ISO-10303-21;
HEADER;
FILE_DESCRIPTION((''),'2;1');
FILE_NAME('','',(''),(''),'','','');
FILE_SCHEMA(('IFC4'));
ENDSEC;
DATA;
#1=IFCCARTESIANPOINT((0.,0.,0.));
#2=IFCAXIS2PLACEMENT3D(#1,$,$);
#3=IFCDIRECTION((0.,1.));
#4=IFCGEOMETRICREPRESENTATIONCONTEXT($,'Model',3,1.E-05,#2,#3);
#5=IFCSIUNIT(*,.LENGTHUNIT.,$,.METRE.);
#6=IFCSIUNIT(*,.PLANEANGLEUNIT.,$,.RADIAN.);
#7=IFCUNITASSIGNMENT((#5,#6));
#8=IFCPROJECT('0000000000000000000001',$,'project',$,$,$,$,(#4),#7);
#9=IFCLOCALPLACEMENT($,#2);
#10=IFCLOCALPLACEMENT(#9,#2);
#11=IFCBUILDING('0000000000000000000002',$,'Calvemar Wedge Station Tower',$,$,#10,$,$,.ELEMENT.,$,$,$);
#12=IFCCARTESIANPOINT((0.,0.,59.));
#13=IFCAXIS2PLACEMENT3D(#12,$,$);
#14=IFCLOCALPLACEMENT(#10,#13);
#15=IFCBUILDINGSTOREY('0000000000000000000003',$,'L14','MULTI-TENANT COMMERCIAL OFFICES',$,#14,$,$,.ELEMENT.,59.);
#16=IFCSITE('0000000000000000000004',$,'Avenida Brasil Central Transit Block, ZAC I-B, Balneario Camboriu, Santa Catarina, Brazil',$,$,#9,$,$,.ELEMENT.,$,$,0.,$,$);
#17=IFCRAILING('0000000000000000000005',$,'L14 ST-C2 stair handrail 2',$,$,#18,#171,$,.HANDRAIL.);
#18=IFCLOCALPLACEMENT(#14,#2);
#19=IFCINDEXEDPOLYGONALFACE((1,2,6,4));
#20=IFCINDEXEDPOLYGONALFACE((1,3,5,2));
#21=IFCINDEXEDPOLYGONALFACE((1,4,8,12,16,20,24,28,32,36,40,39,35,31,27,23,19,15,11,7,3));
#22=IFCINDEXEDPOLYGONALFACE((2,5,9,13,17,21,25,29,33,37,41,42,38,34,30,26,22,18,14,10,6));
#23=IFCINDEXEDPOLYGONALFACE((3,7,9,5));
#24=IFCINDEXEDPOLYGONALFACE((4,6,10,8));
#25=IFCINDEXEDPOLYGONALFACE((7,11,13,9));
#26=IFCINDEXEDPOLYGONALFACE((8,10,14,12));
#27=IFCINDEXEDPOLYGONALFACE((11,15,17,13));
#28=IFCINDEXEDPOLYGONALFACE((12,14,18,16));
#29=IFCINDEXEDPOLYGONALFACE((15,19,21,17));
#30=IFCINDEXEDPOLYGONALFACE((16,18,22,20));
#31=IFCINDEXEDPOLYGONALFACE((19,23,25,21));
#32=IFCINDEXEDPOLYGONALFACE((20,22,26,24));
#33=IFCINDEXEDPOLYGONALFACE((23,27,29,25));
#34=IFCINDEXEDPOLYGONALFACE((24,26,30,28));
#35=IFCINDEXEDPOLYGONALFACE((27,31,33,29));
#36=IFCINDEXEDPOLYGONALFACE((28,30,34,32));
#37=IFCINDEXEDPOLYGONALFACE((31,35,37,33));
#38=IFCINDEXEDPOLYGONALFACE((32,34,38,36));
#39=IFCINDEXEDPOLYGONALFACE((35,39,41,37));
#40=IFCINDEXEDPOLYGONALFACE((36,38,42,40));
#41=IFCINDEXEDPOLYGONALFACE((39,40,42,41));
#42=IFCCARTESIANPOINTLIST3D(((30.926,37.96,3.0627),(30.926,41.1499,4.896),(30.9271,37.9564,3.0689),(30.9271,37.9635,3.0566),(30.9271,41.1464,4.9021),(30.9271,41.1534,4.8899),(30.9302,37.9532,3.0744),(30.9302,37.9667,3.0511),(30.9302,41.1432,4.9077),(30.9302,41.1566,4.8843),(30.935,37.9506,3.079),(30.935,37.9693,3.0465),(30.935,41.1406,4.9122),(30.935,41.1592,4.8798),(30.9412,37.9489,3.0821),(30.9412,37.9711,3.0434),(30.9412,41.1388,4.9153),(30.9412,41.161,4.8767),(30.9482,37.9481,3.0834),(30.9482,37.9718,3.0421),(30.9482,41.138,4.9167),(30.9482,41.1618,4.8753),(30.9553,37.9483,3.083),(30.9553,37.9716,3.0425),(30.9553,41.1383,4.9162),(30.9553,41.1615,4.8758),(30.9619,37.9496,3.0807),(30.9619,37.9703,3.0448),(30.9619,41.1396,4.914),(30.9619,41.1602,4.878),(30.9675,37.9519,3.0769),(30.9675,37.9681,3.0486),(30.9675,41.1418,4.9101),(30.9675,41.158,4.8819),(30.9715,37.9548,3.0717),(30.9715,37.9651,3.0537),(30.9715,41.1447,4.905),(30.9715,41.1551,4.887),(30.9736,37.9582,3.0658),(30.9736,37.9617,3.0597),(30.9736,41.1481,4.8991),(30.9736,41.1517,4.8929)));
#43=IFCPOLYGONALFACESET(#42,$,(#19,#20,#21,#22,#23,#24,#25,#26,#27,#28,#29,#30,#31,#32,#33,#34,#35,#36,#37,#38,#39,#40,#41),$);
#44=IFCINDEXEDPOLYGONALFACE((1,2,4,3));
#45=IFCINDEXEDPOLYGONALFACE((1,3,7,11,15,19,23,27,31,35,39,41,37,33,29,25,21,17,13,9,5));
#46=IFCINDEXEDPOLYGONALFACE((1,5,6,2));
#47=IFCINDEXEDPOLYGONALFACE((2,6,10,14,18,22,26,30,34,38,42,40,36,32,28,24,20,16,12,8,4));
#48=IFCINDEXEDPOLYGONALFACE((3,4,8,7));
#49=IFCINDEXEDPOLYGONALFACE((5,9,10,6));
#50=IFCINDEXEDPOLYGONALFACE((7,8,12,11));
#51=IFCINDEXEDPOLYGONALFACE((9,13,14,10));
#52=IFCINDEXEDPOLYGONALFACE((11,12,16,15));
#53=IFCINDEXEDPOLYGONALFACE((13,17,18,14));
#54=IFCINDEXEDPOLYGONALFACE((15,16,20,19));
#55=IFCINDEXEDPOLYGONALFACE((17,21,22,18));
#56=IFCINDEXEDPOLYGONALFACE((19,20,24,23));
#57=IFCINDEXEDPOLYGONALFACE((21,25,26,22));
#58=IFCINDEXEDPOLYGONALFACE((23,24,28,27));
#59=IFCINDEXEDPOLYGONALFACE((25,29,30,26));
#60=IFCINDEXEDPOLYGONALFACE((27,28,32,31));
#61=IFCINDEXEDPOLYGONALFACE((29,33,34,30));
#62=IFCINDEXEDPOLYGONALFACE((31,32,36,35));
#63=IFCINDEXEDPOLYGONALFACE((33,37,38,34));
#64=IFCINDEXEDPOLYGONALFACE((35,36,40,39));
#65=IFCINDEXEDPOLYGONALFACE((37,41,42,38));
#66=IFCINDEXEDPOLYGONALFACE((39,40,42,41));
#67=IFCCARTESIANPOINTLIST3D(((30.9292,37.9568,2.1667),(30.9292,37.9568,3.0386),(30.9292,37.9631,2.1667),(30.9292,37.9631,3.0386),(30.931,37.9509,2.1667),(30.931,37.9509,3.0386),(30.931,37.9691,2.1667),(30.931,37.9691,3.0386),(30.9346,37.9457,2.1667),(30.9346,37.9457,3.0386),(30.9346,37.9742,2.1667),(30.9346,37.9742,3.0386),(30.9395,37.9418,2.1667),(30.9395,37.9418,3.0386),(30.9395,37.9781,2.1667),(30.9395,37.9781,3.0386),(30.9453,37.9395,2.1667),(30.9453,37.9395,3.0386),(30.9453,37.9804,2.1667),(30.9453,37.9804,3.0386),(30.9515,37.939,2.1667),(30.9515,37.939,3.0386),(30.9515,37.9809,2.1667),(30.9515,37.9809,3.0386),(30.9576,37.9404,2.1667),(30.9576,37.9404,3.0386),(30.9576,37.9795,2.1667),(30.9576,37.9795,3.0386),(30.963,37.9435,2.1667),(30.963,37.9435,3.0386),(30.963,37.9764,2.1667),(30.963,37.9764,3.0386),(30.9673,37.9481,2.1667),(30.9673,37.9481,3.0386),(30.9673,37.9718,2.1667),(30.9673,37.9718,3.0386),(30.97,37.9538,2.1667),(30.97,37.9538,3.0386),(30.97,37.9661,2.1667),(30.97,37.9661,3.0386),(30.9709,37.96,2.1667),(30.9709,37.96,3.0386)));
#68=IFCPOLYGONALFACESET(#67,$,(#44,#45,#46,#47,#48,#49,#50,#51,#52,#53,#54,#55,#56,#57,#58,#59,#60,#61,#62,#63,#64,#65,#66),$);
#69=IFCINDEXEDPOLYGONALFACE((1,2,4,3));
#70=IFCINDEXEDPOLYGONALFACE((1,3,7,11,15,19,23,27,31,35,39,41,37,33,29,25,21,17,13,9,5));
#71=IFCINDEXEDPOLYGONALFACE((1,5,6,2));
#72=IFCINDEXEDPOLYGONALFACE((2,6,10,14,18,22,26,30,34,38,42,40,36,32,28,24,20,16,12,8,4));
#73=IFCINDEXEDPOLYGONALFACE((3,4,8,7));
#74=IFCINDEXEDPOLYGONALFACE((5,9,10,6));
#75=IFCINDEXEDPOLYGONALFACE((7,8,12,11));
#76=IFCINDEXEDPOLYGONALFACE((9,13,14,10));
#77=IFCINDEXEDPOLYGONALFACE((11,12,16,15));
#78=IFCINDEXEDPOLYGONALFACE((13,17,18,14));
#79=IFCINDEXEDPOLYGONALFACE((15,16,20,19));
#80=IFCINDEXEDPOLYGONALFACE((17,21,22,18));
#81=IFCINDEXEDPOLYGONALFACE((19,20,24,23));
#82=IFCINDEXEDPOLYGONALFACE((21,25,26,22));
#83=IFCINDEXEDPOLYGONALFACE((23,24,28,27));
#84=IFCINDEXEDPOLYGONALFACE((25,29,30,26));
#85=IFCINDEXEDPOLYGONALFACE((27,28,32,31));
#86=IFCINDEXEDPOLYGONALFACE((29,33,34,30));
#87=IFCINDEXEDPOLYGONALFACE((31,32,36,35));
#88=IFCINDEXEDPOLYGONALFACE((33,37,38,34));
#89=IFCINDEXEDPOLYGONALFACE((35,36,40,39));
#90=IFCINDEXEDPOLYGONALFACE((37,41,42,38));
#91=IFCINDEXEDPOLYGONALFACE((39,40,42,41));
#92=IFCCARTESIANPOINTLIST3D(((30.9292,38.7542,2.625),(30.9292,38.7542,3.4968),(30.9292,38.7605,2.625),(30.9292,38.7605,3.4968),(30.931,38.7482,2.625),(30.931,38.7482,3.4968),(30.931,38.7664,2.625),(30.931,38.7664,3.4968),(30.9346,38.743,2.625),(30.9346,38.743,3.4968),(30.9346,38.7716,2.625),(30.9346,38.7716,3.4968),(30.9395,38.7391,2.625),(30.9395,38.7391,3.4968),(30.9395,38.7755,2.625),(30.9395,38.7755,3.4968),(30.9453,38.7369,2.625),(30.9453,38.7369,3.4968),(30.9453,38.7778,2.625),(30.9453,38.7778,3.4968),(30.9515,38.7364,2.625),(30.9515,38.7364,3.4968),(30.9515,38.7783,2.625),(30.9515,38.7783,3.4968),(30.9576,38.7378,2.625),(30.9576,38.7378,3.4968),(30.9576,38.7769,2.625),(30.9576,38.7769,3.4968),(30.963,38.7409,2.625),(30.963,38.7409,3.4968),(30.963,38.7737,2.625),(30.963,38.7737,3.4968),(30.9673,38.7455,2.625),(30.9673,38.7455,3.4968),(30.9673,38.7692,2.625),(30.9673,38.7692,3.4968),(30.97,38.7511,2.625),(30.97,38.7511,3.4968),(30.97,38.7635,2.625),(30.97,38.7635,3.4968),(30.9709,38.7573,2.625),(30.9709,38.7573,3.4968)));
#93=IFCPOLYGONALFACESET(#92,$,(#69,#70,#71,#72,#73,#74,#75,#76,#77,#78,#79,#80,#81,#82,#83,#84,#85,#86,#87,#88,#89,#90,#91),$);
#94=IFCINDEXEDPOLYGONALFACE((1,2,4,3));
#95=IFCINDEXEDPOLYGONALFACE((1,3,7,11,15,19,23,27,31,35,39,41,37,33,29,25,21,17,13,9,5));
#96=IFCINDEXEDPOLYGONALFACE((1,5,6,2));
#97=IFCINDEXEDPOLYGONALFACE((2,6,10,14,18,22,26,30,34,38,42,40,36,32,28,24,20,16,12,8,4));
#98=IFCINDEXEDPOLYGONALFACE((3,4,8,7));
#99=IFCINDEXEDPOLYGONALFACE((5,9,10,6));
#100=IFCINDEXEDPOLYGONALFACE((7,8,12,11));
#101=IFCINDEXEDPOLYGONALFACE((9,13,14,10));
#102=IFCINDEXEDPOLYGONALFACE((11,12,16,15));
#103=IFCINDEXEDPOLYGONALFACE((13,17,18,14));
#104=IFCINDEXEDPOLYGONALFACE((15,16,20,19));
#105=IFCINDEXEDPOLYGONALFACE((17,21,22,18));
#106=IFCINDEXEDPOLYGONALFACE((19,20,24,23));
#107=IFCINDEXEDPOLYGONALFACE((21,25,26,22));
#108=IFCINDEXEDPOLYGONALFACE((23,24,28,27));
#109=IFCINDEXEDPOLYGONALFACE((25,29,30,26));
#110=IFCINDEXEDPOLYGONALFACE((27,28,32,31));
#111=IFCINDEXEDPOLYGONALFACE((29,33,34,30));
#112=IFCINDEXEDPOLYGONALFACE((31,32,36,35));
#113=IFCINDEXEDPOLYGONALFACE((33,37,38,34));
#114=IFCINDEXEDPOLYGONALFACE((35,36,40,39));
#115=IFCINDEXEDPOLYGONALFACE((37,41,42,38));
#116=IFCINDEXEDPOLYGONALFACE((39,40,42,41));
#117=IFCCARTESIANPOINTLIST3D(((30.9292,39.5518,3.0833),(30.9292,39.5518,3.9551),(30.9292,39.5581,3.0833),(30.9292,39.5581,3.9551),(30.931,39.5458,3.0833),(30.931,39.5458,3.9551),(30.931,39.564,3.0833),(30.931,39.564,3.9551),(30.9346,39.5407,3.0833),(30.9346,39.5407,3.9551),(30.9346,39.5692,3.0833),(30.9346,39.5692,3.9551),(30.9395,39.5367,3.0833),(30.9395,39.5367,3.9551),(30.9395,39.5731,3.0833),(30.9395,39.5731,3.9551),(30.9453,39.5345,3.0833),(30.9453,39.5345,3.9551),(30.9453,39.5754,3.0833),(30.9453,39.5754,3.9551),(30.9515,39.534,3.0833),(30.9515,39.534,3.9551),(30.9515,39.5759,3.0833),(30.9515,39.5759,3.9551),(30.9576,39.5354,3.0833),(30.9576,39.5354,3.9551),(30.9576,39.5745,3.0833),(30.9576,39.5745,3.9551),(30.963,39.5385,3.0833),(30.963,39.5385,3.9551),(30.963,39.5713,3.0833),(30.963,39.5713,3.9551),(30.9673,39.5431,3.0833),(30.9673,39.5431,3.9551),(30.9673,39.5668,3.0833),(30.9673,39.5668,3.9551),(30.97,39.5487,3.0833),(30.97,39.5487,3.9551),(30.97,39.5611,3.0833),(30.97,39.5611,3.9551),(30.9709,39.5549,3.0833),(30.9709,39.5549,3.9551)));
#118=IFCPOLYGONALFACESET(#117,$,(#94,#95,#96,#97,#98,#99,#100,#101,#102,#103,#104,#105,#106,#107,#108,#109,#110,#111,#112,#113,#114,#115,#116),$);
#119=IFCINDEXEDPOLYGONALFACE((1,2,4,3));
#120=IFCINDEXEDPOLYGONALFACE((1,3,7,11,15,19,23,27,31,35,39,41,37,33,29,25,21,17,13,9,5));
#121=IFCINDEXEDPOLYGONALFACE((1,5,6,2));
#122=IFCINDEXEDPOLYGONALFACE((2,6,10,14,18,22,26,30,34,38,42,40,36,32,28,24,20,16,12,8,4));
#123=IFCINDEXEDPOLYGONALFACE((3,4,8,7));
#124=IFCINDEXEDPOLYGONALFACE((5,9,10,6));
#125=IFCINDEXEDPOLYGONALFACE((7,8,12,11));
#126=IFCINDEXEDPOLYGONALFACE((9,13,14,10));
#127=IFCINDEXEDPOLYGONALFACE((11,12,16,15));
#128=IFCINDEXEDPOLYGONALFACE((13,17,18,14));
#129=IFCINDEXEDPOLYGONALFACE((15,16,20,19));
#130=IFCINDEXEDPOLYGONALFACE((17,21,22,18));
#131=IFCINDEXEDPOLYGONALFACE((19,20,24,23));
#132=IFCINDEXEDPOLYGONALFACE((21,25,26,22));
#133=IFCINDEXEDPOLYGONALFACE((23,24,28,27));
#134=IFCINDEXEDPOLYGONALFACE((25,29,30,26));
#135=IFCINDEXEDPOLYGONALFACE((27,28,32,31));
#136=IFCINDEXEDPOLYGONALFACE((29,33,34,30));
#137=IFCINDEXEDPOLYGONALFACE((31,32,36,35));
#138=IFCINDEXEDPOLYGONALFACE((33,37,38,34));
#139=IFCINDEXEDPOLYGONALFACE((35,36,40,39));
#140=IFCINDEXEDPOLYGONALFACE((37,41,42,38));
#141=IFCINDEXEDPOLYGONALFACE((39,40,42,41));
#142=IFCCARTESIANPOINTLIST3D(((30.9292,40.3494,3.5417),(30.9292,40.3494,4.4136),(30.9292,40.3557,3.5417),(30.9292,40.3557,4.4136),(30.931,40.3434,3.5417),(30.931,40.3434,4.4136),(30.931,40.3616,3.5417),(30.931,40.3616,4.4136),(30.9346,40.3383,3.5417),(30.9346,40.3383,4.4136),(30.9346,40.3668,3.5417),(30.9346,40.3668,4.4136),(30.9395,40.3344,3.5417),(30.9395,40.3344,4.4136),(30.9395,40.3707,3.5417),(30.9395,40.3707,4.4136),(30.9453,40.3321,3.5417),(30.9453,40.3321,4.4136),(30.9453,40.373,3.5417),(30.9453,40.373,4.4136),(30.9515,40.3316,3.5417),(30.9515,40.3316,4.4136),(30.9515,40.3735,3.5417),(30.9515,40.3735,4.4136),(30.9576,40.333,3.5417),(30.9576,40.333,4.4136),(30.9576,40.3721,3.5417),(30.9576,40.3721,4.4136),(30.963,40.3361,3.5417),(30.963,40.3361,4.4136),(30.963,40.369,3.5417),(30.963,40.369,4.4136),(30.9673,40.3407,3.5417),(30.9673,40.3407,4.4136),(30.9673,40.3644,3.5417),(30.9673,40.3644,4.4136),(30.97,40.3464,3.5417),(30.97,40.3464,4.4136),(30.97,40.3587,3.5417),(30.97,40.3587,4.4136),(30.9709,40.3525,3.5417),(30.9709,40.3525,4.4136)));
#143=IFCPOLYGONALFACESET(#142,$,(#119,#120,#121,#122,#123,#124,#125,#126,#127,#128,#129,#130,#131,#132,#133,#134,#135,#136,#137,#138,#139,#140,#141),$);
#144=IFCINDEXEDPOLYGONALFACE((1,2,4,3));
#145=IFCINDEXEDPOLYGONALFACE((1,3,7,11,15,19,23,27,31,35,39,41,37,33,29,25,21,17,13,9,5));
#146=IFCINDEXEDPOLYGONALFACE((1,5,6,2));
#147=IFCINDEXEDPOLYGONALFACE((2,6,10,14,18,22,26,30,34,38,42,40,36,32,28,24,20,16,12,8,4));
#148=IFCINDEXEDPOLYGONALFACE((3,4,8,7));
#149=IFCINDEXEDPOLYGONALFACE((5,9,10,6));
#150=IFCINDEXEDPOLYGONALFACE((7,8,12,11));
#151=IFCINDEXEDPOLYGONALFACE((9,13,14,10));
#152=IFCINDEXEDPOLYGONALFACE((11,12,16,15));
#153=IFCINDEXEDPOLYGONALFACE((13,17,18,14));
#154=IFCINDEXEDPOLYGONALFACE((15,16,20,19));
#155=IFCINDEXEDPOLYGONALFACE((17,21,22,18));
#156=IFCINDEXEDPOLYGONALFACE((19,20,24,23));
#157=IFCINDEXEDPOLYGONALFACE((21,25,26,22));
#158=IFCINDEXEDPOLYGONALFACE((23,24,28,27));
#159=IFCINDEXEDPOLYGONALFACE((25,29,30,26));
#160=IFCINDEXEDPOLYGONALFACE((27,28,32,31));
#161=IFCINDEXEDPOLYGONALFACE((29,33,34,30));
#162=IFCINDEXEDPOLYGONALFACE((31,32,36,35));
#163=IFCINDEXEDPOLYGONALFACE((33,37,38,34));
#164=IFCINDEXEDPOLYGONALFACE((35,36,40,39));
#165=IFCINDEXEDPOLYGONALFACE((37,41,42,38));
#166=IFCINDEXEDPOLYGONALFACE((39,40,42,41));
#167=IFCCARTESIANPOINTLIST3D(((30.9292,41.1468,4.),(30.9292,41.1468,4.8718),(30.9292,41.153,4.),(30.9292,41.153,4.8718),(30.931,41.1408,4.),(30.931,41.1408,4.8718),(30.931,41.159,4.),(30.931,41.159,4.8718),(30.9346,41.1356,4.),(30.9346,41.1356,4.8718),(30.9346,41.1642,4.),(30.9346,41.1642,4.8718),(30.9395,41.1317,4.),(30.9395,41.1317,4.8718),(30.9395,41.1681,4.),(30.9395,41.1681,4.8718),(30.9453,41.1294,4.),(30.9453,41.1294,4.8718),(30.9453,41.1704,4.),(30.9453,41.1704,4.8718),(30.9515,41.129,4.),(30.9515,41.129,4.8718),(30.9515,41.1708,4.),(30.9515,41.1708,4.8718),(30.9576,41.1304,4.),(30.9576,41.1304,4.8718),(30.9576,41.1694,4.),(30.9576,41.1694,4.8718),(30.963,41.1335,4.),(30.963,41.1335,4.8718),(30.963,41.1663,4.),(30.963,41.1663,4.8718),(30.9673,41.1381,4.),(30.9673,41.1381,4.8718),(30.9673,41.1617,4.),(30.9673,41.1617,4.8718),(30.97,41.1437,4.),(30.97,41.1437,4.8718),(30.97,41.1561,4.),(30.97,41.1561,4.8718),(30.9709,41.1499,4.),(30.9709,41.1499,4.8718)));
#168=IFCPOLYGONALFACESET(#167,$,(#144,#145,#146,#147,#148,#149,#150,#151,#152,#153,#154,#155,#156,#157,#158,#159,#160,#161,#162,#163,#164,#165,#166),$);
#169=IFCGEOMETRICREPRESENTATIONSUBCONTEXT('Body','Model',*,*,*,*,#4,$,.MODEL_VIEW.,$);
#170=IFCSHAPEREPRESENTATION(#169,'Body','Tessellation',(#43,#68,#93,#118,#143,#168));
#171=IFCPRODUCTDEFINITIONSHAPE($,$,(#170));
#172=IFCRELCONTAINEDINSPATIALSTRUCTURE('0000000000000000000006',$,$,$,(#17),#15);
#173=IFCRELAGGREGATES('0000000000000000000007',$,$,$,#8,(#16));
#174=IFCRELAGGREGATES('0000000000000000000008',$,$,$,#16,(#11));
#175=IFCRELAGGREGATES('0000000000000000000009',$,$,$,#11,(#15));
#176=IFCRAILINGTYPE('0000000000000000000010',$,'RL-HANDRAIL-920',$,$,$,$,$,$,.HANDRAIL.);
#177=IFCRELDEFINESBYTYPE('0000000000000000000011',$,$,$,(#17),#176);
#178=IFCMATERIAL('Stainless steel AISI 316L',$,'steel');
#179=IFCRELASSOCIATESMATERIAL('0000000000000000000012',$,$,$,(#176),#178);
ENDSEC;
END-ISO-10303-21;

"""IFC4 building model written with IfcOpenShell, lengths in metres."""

from ifc_helpers import new_model, si_unit, direction, frame, origin, origin_2d, place, context, subcontext, project, spatial, circle, extrude, material, type_object, element, save


model = new_model("IFC4")

# Units and contexts
model_context = context("Model", 3, precision=1e-05, world=origin(), true_north=direction((0.0, 1.0)))
body_context = subcontext(model_context, "Body", "Model", "MODEL_VIEW")
ifc_project = project(units=[si_unit("LENGTHUNIT", "METRE"), si_unit("PLANEANGLEUNIT", "RADIAN")], contexts=[model_context])

# Site, building, storey
site_placement = place(None, origin())
site = spatial("IfcSite", under=ifc_project, at=site_placement, Name="Avenida Brasil Central Transit Block, ZAC I-B, Balneario Camboriu, Santa Catarina, Brazil", CompositionType="ELEMENT", RefElevation=0.0)
building_placement = place(site_placement, origin())
building = spatial("IfcBuilding", under=site, at=building_placement, Name="Calvemar Wedge Station Tower", CompositionType="ELEMENT")
storey_placement = place(building_placement, frame((0.0, 0.0, 59.0)))
storey = spatial("IfcBuildingStorey", under=building, at=storey_placement, Name="L14", Description="MULTI-TENANT COMMERCIAL OFFICES", CompositionType="ELEMENT", Elevation=59.0)

# Railing
ifc_material_1 = material(Name="Stainless steel AISI 316L", Category="steel")
railing_type_1 = type_object("IfcRailingType", Name="RL-HANDRAIL-920", PredefinedType="HANDRAIL", material=ifc_material_1)
railing_1_placement = place(storey_placement, frame((30.95, 37.96, 2.1667)))
element("IfcRailing", 1, at=railing_1_placement, inside=storey, type_object=railing_type_1, Name="L14 ST-C2 stair handrail 2", PredefinedType="HANDRAIL", context=body_context, shape_type="SweptSolid", body=[
    extrude(circle(Radius=0.0239, at=origin_2d()), frame((0.0, 0.0, 0.896), z_axis=(0.0, 0.86702, 0.498274), x_axis=(-1.0, 0.0, 0.0)), (0.0, 0.0, 1.0), 3.6792),
    extrude(circle(Radius=0.021, at=origin_2d()), origin(), (0.0, 0.0, 1.0), 0.8718),
    extrude(circle(Radius=0.021, at=origin_2d()), frame((0.0, 0.7974, 0.4583)), (0.0, 0.0, 1.0), 0.8718),
    extrude(circle(Radius=0.021, at=origin_2d()), frame((0.0, 1.595, 0.9165)), (0.0, 0.0, 1.0), 0.8718),
    extrude(circle(Radius=0.021, at=origin_2d()), frame((0.0, 2.3926, 1.375)), (0.0, 0.0, 1.0), 0.8718),
    extrude(circle(Radius=0.021, at=origin_2d()), frame((0.0, 3.1899, 1.8333)), (0.0, 0.0, 1.0), 0.8718),
])

save(model, "model.ifc")
